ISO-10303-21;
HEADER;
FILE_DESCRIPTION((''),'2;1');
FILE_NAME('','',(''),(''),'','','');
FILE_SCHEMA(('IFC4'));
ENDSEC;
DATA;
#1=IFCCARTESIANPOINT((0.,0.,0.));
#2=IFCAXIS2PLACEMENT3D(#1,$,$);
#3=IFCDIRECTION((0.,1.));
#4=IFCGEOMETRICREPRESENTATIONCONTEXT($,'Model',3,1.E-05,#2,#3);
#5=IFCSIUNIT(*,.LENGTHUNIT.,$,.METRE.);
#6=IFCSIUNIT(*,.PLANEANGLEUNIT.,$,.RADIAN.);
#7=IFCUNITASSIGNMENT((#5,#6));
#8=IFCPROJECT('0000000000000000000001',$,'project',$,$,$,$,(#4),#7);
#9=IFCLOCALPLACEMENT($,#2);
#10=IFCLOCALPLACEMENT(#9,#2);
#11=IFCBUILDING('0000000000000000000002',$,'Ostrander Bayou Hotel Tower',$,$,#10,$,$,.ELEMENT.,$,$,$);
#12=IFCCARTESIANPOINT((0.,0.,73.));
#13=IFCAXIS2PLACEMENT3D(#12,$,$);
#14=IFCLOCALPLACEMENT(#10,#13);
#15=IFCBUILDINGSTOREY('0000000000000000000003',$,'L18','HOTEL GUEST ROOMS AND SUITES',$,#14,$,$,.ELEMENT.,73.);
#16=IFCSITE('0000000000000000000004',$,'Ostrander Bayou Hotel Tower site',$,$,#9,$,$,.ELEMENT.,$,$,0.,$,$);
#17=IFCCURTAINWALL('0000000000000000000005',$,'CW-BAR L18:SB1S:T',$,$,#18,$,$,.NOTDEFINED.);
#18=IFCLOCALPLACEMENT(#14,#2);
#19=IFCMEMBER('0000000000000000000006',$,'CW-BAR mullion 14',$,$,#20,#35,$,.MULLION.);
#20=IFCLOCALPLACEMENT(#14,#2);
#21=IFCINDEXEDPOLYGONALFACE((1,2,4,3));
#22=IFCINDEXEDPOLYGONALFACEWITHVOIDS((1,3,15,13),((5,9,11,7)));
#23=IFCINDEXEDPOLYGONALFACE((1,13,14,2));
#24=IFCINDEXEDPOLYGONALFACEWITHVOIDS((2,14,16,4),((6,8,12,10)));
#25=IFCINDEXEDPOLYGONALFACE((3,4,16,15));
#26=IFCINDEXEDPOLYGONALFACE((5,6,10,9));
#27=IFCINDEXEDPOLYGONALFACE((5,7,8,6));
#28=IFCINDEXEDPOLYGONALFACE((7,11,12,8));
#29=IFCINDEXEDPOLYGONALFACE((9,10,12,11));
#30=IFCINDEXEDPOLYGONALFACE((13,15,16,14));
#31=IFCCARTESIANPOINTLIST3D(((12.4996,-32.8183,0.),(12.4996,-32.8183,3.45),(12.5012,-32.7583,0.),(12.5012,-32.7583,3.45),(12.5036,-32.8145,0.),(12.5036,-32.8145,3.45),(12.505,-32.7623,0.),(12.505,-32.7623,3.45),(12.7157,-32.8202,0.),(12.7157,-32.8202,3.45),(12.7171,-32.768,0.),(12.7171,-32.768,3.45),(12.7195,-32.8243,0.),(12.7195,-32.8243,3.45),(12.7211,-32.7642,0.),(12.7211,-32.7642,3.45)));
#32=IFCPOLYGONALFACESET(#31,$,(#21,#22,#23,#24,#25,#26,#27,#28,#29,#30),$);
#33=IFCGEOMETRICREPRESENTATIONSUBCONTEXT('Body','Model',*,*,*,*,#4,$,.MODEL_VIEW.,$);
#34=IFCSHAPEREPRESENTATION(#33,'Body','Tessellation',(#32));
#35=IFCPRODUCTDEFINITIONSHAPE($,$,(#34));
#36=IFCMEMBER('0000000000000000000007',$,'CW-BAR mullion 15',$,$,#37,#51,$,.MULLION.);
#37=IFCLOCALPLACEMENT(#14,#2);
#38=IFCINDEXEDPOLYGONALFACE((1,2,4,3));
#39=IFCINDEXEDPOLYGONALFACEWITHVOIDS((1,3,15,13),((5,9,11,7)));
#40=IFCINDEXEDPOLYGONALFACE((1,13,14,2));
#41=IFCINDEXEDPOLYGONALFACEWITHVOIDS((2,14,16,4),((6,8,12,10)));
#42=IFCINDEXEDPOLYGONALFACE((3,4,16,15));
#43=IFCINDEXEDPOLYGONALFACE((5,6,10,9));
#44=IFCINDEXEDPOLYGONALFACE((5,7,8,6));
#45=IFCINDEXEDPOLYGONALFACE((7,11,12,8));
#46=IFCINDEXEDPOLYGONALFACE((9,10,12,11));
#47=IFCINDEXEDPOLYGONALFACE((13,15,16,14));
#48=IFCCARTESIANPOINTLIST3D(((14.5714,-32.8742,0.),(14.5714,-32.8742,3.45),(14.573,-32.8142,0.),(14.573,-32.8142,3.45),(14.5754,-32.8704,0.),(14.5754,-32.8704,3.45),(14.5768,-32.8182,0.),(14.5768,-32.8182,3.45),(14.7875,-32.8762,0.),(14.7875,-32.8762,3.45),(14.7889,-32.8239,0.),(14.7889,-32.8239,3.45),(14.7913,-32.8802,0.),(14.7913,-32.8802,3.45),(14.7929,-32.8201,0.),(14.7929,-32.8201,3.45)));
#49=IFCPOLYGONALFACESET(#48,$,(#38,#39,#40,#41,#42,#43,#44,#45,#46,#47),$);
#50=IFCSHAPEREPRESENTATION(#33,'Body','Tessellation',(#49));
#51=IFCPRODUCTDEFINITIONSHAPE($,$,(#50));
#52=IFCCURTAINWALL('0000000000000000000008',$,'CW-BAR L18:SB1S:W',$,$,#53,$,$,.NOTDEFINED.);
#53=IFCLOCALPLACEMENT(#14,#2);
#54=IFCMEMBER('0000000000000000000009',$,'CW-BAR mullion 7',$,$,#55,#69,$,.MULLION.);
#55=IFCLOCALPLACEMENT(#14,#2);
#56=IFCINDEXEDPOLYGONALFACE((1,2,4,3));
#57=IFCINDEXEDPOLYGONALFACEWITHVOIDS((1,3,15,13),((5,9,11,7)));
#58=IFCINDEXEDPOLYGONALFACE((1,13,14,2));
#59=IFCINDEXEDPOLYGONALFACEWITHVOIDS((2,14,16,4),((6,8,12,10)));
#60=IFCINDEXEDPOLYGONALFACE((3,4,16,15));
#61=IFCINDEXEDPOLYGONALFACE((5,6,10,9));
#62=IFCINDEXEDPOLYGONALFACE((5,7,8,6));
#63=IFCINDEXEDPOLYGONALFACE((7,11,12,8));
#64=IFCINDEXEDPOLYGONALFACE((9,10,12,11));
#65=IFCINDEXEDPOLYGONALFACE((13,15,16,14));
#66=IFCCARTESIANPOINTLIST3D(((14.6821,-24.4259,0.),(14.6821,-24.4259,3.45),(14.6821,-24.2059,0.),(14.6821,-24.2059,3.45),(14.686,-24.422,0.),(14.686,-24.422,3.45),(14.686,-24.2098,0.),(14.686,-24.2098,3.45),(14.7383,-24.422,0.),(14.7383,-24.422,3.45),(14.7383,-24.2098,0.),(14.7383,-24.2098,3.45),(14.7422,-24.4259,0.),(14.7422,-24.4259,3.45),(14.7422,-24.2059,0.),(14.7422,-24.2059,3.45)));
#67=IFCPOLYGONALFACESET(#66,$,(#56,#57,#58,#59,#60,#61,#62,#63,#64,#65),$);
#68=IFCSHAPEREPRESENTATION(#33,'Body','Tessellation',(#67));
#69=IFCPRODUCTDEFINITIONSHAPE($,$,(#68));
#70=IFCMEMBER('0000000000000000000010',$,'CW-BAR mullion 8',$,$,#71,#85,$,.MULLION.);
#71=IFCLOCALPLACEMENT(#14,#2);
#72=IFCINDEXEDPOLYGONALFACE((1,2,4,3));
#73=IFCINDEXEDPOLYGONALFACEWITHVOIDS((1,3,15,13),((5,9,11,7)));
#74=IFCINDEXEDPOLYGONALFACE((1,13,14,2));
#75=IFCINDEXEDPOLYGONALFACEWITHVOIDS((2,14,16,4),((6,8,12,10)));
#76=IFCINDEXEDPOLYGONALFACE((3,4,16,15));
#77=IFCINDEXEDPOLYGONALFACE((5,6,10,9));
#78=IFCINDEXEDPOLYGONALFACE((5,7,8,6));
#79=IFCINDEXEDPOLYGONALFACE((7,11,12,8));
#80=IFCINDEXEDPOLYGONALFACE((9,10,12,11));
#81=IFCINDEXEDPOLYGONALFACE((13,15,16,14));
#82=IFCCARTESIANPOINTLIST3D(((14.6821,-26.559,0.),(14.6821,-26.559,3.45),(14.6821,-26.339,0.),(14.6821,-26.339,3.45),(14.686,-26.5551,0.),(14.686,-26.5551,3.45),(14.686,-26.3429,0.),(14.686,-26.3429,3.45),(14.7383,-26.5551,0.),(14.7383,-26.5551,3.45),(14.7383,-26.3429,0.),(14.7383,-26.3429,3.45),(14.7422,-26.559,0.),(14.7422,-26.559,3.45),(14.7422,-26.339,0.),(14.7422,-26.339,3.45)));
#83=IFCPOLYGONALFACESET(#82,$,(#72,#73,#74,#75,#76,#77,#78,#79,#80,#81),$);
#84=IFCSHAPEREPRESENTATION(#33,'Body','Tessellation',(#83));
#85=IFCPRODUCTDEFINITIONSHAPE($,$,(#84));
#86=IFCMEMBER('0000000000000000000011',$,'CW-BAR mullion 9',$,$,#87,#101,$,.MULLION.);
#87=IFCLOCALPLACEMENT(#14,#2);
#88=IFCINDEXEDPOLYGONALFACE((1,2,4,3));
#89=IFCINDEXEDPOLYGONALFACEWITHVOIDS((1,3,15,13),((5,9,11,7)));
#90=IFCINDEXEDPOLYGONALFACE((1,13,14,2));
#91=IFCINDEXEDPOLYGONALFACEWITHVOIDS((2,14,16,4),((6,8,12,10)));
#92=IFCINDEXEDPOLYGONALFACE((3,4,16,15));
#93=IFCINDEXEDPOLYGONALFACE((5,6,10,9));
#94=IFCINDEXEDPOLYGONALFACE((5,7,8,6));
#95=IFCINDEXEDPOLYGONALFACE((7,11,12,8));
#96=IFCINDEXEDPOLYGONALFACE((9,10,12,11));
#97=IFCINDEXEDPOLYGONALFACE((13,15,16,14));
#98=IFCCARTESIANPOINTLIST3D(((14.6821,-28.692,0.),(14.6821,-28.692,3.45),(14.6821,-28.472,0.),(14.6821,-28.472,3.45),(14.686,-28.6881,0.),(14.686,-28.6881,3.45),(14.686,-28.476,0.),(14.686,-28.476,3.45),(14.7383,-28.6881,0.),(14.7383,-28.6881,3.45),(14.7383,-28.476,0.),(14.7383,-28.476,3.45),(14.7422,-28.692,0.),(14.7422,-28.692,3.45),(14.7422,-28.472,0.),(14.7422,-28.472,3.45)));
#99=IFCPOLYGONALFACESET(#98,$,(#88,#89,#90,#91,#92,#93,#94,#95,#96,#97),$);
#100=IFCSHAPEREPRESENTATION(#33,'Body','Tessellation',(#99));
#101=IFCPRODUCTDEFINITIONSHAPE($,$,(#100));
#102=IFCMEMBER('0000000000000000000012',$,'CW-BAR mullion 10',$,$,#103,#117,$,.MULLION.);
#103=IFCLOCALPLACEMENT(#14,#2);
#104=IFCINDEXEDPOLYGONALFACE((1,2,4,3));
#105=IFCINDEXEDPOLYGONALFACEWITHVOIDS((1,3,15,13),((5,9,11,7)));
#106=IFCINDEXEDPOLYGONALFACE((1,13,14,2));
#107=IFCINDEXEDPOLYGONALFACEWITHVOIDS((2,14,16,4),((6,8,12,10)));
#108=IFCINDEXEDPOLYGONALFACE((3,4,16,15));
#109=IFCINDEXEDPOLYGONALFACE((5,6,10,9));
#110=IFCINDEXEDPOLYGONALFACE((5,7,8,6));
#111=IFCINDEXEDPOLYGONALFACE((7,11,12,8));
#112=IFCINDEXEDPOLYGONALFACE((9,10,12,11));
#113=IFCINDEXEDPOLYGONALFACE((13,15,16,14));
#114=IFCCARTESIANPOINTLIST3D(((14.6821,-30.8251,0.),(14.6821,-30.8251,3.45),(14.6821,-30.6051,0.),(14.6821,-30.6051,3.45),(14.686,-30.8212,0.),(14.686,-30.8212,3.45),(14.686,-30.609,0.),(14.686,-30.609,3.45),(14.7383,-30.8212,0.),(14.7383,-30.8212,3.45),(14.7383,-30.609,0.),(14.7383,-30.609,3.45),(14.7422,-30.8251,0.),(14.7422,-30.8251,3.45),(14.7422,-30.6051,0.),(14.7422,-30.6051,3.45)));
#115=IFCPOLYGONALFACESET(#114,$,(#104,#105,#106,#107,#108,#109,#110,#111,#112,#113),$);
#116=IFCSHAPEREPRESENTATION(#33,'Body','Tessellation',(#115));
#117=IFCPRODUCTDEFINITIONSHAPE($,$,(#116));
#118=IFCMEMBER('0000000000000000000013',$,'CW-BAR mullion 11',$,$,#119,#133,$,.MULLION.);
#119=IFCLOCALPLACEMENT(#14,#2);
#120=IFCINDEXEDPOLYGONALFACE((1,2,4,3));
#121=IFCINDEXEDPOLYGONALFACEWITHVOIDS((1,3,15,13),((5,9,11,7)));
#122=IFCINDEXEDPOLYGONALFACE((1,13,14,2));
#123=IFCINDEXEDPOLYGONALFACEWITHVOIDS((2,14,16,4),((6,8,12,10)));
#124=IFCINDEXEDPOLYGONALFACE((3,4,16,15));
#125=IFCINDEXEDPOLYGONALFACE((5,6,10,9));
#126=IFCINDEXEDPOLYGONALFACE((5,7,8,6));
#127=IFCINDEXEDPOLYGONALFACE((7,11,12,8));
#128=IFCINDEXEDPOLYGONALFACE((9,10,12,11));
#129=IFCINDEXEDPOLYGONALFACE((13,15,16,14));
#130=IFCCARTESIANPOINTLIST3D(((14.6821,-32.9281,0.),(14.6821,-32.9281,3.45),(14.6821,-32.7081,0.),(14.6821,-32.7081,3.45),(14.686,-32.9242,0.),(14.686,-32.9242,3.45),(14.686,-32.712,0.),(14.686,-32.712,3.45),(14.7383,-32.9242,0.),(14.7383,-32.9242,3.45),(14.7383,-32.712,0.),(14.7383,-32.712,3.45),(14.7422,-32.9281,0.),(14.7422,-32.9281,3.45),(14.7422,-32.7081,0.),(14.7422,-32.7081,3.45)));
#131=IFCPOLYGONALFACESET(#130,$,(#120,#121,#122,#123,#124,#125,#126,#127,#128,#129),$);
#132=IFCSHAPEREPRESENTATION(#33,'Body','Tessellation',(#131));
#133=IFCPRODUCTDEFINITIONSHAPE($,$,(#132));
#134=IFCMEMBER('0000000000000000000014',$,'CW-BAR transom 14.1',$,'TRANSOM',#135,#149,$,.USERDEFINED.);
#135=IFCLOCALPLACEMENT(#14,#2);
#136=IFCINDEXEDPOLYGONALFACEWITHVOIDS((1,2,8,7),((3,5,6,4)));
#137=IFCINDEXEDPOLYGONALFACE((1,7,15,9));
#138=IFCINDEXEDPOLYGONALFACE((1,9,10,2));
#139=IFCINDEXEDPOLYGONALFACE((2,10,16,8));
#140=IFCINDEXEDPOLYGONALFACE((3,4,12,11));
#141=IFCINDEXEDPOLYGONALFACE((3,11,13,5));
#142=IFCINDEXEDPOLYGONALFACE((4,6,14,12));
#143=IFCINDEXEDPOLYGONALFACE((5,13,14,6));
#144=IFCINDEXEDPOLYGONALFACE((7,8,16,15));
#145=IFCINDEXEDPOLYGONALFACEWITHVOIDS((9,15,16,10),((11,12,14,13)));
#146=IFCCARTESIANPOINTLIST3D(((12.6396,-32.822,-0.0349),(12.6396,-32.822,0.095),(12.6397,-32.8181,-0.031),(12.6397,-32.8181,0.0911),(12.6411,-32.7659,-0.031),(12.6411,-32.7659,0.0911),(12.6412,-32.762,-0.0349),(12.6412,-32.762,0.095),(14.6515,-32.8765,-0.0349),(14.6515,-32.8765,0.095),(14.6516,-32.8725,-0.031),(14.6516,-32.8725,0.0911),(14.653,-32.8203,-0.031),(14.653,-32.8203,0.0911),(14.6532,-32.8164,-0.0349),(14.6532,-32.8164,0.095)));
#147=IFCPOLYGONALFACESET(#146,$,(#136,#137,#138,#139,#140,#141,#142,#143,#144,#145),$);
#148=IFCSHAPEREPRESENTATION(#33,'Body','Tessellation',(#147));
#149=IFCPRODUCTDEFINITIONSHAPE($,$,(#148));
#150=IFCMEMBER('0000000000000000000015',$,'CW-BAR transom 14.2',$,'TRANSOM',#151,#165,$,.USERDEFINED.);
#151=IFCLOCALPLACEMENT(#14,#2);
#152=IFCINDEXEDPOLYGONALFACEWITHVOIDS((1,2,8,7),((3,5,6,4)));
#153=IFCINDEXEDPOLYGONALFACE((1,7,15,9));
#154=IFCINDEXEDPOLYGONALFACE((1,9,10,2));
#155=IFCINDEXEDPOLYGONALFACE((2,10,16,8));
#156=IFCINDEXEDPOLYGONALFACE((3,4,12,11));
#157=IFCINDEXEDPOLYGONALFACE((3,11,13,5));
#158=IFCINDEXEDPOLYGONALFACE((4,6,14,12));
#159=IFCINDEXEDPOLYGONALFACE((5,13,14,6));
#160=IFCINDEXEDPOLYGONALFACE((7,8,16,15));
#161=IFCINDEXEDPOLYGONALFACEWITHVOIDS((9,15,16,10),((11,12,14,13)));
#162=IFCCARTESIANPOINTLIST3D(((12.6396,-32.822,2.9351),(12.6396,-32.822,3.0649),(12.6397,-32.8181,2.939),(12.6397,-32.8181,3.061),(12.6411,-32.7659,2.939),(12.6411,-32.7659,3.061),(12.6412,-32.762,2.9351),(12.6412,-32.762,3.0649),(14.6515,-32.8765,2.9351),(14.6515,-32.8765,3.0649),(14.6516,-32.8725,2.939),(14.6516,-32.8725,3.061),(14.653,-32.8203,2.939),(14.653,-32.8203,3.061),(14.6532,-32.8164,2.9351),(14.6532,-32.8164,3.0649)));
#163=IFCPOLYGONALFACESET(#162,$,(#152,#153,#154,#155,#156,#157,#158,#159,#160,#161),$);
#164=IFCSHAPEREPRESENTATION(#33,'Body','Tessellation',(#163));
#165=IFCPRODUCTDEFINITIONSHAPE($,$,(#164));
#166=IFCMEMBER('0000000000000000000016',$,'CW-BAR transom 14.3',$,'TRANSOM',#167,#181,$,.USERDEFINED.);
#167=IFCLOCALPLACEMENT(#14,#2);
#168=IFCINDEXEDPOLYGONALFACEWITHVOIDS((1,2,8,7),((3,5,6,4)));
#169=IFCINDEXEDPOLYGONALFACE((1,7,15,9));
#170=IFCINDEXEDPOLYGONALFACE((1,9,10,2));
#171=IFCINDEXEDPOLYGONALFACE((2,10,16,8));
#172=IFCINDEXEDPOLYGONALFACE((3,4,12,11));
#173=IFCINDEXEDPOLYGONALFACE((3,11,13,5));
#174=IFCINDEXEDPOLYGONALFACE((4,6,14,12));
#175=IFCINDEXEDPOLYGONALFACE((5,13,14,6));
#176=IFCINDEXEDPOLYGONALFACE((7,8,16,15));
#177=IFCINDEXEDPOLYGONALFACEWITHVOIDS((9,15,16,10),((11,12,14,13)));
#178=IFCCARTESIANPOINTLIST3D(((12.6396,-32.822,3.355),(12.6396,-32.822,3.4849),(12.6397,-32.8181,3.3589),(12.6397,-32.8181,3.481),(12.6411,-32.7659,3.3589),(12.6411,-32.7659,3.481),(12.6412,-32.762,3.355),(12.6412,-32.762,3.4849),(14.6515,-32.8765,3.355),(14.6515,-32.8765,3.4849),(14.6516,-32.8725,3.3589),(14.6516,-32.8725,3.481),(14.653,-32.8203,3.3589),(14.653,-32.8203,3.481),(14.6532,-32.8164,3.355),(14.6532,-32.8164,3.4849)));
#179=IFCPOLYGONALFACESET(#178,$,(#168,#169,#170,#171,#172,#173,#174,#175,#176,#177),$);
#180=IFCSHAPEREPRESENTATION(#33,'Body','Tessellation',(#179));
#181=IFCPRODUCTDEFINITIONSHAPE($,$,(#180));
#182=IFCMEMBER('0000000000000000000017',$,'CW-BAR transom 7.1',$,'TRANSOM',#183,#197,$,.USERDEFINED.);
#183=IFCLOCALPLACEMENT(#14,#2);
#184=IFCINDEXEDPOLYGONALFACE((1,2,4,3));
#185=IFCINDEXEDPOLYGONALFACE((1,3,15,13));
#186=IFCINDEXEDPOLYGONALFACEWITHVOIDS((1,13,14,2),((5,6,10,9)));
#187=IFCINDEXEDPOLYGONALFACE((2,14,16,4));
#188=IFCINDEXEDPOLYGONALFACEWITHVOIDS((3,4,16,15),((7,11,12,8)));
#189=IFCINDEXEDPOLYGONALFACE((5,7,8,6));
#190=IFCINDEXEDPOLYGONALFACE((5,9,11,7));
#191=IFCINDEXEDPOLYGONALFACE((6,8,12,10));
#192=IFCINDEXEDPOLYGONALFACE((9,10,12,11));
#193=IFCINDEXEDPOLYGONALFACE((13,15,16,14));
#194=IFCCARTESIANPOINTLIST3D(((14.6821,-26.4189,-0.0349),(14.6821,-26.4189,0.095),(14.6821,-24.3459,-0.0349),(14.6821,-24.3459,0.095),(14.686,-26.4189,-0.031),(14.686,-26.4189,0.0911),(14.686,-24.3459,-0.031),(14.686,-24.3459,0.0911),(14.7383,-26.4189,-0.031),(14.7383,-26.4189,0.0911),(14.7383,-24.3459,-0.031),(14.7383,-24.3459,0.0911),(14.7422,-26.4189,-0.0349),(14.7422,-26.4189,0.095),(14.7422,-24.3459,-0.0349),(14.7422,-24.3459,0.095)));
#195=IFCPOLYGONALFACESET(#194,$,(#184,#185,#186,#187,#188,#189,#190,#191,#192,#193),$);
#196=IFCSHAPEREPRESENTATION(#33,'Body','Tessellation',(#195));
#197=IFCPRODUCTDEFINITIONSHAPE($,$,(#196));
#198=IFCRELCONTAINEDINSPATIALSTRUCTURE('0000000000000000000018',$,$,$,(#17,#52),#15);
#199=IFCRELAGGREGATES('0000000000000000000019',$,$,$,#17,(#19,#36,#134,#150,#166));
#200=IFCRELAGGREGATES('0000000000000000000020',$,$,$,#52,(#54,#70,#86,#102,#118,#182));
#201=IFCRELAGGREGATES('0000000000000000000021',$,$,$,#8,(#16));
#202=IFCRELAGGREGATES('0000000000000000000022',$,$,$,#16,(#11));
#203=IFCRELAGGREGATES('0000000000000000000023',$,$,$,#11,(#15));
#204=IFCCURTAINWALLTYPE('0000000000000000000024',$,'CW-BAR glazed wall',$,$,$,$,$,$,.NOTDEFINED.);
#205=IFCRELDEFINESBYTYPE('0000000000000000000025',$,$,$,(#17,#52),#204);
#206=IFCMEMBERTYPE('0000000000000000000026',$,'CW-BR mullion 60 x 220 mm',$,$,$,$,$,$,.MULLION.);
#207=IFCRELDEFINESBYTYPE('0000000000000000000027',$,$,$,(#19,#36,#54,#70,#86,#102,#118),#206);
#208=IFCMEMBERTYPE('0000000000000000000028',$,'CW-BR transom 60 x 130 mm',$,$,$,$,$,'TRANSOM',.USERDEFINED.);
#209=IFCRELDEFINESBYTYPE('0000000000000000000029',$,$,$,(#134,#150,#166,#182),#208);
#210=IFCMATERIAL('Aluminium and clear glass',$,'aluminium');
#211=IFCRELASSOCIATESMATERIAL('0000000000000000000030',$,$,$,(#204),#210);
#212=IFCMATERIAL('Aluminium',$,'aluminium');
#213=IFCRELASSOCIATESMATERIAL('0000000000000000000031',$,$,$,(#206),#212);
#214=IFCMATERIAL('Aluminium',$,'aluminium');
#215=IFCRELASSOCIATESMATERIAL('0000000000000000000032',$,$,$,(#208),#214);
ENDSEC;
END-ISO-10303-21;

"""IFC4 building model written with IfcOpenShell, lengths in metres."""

from ifc_helpers import new_model, si_unit, direction, frame, origin, origin_2d, place, context, subcontext, project, spatial, hollow_rectangle, extrude, material, material_profile, profile_set, type_object, element, aggregate, save


model = new_model("IFC4")

# Units and contexts
model_context = context("Model", 3, precision=1e-05, world=origin(), true_north=direction((0.0, 1.0)))
body_context = subcontext(model_context, "Body", "Model", "MODEL_VIEW")
ifc_project = project(units=[si_unit("LENGTHUNIT", "METRE"), si_unit("PLANEANGLEUNIT", "RADIAN")], contexts=[model_context])

# Site, building, storey
site_placement = place(None, origin())
site = spatial("IfcSite", under=ifc_project, at=site_placement, Name="Ostrander Bayou Hotel Tower site", CompositionType="ELEMENT", RefElevation=0.0)
building_placement = place(site_placement, origin())
building = spatial("IfcBuilding", under=site, at=building_placement, Name="Ostrander Bayou Hotel Tower", CompositionType="ELEMENT")
storey_placement = place(building_placement, frame((0.0, 0.0, 73.0)))
storey = spatial("IfcBuildingStorey", under=building, at=storey_placement, Name="L18", Description="HOTEL GUEST ROOMS AND SUITES", CompositionType="ELEMENT", Elevation=73.0)

# Curtain walls, members
ifc_material_1 = material(Name="Aluminium and clear glass", Category="aluminium")
curtain_wall_type = type_object("IfcCurtainWallType", Name="CW-BAR glazed wall", PredefinedType="NOTDEFINED", material=ifc_material_1)
curtain_wall_1_placement = place(storey_placement, origin())
curtain_wall_1 = element("IfcCurtainWall", 1, at=curtain_wall_1_placement, inside=storey, type_object=curtain_wall_type, Name="CW-BAR L18:SB1S:T", PredefinedType="NOTDEFINED")
ifc_material_2 = material(Name="Aluminium", Category="aluminium")
ifc_material_profile_1 = material_profile(ifc_material_2, hollow_rectangle(XDim=0.0601, YDim=0.22, WallThickness=0.0039, at=origin_2d()))
ifc_profile_set_1 = profile_set([ifc_material_profile_1], Name="Aluminium")
member_type_1 = type_object("IfcMemberType", Name="CW-BR mullion 60 x 220 mm", PredefinedType="MULLION", material=ifc_profile_set_1)
member_1_placement = place(storey_placement, frame((12.6104, -32.7913, 0.0), z_axis=(0.0, 0.0, 1.0), x_axis=(0.027042, 0.999634, 0.0)))
member_1 = element("IfcMember", 2, at=member_1_placement, type_object=member_type_1, Name="CW-BAR mullion 14", PredefinedType="MULLION", context=body_context, shape_type="SweptSolid", body=[
    extrude(hollow_rectangle(XDim=0.0601, YDim=0.22, WallThickness=0.0039, at=origin_2d()), origin(), (0.0, 0.0, 1.0), 3.45),
])
member_2_placement = place(storey_placement, frame((14.6821, -32.8472, 0.0), z_axis=(0.0, 0.0, 1.0), x_axis=(0.027042, 0.999634, 0.0)))
member_2 = element("IfcMember", 3, at=member_2_placement, type_object=member_type_1, Name="CW-BAR mullion 15", PredefinedType="MULLION", context=body_context, shape_type="SweptSolid", body=[
    extrude(hollow_rectangle(XDim=0.0601, YDim=0.22, WallThickness=0.0039, at=origin_2d()), origin(), (0.0, 0.0, 1.0), 3.45),
])
curtain_wall_2_placement = place(storey_placement, origin())
curtain_wall_2 = element("IfcCurtainWall", 4, at=curtain_wall_2_placement, inside=storey, type_object=curtain_wall_type, Name="CW-BAR L18:SB1S:W", PredefinedType="NOTDEFINED")
member_3_placement = place(storey_placement, frame((14.7122, -24.3159, 0.0), z_axis=(0.0, 0.0, 1.0), x_axis=(1.0, 0.0, 0.0)))
member_3 = element("IfcMember", 5, at=member_3_placement, type_object=member_type_1, Name="CW-BAR mullion 7", PredefinedType="MULLION", context=body_context, shape_type="SweptSolid", body=[
    extrude(hollow_rectangle(XDim=0.0601, YDim=0.22, WallThickness=0.0039, at=origin_2d()), origin(), (0.0, 0.0, 1.0), 3.45),
])
member_4_placement = place(storey_placement, frame((14.7122, -26.449, 0.0), z_axis=(0.0, 0.0, 1.0), x_axis=(1.0, 0.0, 0.0)))
member_4 = element("IfcMember", 6, at=member_4_placement, type_object=member_type_1, Name="CW-BAR mullion 8", PredefinedType="MULLION", context=body_context, shape_type="SweptSolid", body=[
    extrude(hollow_rectangle(XDim=0.0601, YDim=0.22, WallThickness=0.0039, at=origin_2d()), origin(), (0.0, 0.0, 1.0), 3.45),
])
member_5_placement = place(storey_placement, frame((14.7122, -28.582, 0.0), z_axis=(0.0, 0.0, 1.0), x_axis=(1.0, 0.0, 0.0)))
member_5 = element("IfcMember", 7, at=member_5_placement, type_object=member_type_1, Name="CW-BAR mullion 9", PredefinedType="MULLION", context=body_context, shape_type="SweptSolid", body=[
    extrude(hollow_rectangle(XDim=0.0601, YDim=0.22, WallThickness=0.0039, at=origin_2d()), origin(), (0.0, 0.0, 1.0), 3.45),
])
member_6_placement = place(storey_placement, frame((14.7122, -30.7151, 0.0), z_axis=(0.0, 0.0, 1.0), x_axis=(1.0, 0.0, 0.0)))
member_6 = element("IfcMember", 8, at=member_6_placement, type_object=member_type_1, Name="CW-BAR mullion 10", PredefinedType="MULLION", context=body_context, shape_type="SweptSolid", body=[
    extrude(hollow_rectangle(XDim=0.0601, YDim=0.22, WallThickness=0.0039, at=origin_2d()), origin(), (0.0, 0.0, 1.0), 3.45),
])
member_7_placement = place(storey_placement, frame((14.7122, -32.8181, 0.0), z_axis=(0.0, 0.0, 1.0), x_axis=(1.0, 0.0, 0.0)))
member_7 = element("IfcMember", 9, at=member_7_placement, type_object=member_type_1, Name="CW-BAR mullion 11", PredefinedType="MULLION", context=body_context, shape_type="SweptSolid", body=[
    extrude(hollow_rectangle(XDim=0.0601, YDim=0.22, WallThickness=0.0039, at=origin_2d()), origin(), (0.0, 0.0, 1.0), 3.45),
])

# Members
ifc_material_3 = material(Name="Aluminium", Category="aluminium")
ifc_material_profile_2 = material_profile(ifc_material_3, hollow_rectangle(XDim=0.0601, YDim=0.1299, WallThickness=0.0039, at=origin_2d()))
ifc_profile_set_2 = profile_set([ifc_material_profile_2], Name="Aluminium")
member_type_2 = type_object("IfcMemberType", Name="CW-BR transom 60 x 130 mm", ElementType="TRANSOM", PredefinedType="USERDEFINED", material=ifc_profile_set_2)
member_8_placement = place(storey_placement, frame((12.6404, -32.792, 0.03), z_axis=(0.999634, -0.02705, 0.0), x_axis=(0.02705, 0.999634, 0.0)))
member_8 = element("IfcMember", 10, at=member_8_placement, type_object=member_type_2, Name="CW-BAR transom 14.1", ObjectType="TRANSOM", PredefinedType="USERDEFINED", context=body_context, shape_type="SweptSolid", body=[
    extrude(hollow_rectangle(XDim=0.0601, YDim=0.1299, WallThickness=0.0039, at=origin_2d()), origin(), (0.0, 0.0, 1.0), 2.0127),
])
member_9_placement = place(storey_placement, frame((12.6404, -32.792, 3.0), z_axis=(0.999634, -0.02705, 0.0), x_axis=(0.02705, 0.999634, 0.0)))
member_9 = element("IfcMember", 11, at=member_9_placement, type_object=member_type_2, Name="CW-BAR transom 14.2", ObjectType="TRANSOM", PredefinedType="USERDEFINED", context=body_context, shape_type="SweptSolid", body=[
    extrude(hollow_rectangle(XDim=0.0601, YDim=0.1299, WallThickness=0.0039, at=origin_2d()), origin(), (0.0, 0.0, 1.0), 2.0127),
])
member_10_placement = place(storey_placement, frame((12.6404, -32.792, 3.4199), z_axis=(0.999634, -0.02705, 0.0), x_axis=(0.02705, 0.999634, 0.0)))
member_10 = element("IfcMember", 12, at=member_10_placement, type_object=member_type_2, Name="CW-BAR transom 14.3", ObjectType="TRANSOM", PredefinedType="USERDEFINED", context=body_context, shape_type="SweptSolid", body=[
    extrude(hollow_rectangle(XDim=0.0601, YDim=0.1299, WallThickness=0.0039, at=origin_2d()), origin(), (0.0, 0.0, 1.0), 2.0127),
])
member_11_placement = place(storey_placement, frame((14.7122, -24.3459, 0.03), z_axis=(0.0, -1.0, 0.0), x_axis=(1.0, 0.0, 0.0)))
member_11 = element("IfcMember", 13, at=member_11_placement, type_object=member_type_2, Name="CW-BAR transom 7.1", ObjectType="TRANSOM", PredefinedType="USERDEFINED", context=body_context, shape_type="SweptSolid", body=[
    extrude(hollow_rectangle(XDim=0.0601, YDim=0.1299, WallThickness=0.0039, at=origin_2d()), origin(), (0.0, 0.0, 1.0), 2.073),
])

aggregate(curtain_wall_1, [member_1, member_2, member_8, member_9, member_10])
aggregate(curtain_wall_2, [member_3, member_4, member_5, member_6, member_7, member_11])

save(model, "model.ifc")
